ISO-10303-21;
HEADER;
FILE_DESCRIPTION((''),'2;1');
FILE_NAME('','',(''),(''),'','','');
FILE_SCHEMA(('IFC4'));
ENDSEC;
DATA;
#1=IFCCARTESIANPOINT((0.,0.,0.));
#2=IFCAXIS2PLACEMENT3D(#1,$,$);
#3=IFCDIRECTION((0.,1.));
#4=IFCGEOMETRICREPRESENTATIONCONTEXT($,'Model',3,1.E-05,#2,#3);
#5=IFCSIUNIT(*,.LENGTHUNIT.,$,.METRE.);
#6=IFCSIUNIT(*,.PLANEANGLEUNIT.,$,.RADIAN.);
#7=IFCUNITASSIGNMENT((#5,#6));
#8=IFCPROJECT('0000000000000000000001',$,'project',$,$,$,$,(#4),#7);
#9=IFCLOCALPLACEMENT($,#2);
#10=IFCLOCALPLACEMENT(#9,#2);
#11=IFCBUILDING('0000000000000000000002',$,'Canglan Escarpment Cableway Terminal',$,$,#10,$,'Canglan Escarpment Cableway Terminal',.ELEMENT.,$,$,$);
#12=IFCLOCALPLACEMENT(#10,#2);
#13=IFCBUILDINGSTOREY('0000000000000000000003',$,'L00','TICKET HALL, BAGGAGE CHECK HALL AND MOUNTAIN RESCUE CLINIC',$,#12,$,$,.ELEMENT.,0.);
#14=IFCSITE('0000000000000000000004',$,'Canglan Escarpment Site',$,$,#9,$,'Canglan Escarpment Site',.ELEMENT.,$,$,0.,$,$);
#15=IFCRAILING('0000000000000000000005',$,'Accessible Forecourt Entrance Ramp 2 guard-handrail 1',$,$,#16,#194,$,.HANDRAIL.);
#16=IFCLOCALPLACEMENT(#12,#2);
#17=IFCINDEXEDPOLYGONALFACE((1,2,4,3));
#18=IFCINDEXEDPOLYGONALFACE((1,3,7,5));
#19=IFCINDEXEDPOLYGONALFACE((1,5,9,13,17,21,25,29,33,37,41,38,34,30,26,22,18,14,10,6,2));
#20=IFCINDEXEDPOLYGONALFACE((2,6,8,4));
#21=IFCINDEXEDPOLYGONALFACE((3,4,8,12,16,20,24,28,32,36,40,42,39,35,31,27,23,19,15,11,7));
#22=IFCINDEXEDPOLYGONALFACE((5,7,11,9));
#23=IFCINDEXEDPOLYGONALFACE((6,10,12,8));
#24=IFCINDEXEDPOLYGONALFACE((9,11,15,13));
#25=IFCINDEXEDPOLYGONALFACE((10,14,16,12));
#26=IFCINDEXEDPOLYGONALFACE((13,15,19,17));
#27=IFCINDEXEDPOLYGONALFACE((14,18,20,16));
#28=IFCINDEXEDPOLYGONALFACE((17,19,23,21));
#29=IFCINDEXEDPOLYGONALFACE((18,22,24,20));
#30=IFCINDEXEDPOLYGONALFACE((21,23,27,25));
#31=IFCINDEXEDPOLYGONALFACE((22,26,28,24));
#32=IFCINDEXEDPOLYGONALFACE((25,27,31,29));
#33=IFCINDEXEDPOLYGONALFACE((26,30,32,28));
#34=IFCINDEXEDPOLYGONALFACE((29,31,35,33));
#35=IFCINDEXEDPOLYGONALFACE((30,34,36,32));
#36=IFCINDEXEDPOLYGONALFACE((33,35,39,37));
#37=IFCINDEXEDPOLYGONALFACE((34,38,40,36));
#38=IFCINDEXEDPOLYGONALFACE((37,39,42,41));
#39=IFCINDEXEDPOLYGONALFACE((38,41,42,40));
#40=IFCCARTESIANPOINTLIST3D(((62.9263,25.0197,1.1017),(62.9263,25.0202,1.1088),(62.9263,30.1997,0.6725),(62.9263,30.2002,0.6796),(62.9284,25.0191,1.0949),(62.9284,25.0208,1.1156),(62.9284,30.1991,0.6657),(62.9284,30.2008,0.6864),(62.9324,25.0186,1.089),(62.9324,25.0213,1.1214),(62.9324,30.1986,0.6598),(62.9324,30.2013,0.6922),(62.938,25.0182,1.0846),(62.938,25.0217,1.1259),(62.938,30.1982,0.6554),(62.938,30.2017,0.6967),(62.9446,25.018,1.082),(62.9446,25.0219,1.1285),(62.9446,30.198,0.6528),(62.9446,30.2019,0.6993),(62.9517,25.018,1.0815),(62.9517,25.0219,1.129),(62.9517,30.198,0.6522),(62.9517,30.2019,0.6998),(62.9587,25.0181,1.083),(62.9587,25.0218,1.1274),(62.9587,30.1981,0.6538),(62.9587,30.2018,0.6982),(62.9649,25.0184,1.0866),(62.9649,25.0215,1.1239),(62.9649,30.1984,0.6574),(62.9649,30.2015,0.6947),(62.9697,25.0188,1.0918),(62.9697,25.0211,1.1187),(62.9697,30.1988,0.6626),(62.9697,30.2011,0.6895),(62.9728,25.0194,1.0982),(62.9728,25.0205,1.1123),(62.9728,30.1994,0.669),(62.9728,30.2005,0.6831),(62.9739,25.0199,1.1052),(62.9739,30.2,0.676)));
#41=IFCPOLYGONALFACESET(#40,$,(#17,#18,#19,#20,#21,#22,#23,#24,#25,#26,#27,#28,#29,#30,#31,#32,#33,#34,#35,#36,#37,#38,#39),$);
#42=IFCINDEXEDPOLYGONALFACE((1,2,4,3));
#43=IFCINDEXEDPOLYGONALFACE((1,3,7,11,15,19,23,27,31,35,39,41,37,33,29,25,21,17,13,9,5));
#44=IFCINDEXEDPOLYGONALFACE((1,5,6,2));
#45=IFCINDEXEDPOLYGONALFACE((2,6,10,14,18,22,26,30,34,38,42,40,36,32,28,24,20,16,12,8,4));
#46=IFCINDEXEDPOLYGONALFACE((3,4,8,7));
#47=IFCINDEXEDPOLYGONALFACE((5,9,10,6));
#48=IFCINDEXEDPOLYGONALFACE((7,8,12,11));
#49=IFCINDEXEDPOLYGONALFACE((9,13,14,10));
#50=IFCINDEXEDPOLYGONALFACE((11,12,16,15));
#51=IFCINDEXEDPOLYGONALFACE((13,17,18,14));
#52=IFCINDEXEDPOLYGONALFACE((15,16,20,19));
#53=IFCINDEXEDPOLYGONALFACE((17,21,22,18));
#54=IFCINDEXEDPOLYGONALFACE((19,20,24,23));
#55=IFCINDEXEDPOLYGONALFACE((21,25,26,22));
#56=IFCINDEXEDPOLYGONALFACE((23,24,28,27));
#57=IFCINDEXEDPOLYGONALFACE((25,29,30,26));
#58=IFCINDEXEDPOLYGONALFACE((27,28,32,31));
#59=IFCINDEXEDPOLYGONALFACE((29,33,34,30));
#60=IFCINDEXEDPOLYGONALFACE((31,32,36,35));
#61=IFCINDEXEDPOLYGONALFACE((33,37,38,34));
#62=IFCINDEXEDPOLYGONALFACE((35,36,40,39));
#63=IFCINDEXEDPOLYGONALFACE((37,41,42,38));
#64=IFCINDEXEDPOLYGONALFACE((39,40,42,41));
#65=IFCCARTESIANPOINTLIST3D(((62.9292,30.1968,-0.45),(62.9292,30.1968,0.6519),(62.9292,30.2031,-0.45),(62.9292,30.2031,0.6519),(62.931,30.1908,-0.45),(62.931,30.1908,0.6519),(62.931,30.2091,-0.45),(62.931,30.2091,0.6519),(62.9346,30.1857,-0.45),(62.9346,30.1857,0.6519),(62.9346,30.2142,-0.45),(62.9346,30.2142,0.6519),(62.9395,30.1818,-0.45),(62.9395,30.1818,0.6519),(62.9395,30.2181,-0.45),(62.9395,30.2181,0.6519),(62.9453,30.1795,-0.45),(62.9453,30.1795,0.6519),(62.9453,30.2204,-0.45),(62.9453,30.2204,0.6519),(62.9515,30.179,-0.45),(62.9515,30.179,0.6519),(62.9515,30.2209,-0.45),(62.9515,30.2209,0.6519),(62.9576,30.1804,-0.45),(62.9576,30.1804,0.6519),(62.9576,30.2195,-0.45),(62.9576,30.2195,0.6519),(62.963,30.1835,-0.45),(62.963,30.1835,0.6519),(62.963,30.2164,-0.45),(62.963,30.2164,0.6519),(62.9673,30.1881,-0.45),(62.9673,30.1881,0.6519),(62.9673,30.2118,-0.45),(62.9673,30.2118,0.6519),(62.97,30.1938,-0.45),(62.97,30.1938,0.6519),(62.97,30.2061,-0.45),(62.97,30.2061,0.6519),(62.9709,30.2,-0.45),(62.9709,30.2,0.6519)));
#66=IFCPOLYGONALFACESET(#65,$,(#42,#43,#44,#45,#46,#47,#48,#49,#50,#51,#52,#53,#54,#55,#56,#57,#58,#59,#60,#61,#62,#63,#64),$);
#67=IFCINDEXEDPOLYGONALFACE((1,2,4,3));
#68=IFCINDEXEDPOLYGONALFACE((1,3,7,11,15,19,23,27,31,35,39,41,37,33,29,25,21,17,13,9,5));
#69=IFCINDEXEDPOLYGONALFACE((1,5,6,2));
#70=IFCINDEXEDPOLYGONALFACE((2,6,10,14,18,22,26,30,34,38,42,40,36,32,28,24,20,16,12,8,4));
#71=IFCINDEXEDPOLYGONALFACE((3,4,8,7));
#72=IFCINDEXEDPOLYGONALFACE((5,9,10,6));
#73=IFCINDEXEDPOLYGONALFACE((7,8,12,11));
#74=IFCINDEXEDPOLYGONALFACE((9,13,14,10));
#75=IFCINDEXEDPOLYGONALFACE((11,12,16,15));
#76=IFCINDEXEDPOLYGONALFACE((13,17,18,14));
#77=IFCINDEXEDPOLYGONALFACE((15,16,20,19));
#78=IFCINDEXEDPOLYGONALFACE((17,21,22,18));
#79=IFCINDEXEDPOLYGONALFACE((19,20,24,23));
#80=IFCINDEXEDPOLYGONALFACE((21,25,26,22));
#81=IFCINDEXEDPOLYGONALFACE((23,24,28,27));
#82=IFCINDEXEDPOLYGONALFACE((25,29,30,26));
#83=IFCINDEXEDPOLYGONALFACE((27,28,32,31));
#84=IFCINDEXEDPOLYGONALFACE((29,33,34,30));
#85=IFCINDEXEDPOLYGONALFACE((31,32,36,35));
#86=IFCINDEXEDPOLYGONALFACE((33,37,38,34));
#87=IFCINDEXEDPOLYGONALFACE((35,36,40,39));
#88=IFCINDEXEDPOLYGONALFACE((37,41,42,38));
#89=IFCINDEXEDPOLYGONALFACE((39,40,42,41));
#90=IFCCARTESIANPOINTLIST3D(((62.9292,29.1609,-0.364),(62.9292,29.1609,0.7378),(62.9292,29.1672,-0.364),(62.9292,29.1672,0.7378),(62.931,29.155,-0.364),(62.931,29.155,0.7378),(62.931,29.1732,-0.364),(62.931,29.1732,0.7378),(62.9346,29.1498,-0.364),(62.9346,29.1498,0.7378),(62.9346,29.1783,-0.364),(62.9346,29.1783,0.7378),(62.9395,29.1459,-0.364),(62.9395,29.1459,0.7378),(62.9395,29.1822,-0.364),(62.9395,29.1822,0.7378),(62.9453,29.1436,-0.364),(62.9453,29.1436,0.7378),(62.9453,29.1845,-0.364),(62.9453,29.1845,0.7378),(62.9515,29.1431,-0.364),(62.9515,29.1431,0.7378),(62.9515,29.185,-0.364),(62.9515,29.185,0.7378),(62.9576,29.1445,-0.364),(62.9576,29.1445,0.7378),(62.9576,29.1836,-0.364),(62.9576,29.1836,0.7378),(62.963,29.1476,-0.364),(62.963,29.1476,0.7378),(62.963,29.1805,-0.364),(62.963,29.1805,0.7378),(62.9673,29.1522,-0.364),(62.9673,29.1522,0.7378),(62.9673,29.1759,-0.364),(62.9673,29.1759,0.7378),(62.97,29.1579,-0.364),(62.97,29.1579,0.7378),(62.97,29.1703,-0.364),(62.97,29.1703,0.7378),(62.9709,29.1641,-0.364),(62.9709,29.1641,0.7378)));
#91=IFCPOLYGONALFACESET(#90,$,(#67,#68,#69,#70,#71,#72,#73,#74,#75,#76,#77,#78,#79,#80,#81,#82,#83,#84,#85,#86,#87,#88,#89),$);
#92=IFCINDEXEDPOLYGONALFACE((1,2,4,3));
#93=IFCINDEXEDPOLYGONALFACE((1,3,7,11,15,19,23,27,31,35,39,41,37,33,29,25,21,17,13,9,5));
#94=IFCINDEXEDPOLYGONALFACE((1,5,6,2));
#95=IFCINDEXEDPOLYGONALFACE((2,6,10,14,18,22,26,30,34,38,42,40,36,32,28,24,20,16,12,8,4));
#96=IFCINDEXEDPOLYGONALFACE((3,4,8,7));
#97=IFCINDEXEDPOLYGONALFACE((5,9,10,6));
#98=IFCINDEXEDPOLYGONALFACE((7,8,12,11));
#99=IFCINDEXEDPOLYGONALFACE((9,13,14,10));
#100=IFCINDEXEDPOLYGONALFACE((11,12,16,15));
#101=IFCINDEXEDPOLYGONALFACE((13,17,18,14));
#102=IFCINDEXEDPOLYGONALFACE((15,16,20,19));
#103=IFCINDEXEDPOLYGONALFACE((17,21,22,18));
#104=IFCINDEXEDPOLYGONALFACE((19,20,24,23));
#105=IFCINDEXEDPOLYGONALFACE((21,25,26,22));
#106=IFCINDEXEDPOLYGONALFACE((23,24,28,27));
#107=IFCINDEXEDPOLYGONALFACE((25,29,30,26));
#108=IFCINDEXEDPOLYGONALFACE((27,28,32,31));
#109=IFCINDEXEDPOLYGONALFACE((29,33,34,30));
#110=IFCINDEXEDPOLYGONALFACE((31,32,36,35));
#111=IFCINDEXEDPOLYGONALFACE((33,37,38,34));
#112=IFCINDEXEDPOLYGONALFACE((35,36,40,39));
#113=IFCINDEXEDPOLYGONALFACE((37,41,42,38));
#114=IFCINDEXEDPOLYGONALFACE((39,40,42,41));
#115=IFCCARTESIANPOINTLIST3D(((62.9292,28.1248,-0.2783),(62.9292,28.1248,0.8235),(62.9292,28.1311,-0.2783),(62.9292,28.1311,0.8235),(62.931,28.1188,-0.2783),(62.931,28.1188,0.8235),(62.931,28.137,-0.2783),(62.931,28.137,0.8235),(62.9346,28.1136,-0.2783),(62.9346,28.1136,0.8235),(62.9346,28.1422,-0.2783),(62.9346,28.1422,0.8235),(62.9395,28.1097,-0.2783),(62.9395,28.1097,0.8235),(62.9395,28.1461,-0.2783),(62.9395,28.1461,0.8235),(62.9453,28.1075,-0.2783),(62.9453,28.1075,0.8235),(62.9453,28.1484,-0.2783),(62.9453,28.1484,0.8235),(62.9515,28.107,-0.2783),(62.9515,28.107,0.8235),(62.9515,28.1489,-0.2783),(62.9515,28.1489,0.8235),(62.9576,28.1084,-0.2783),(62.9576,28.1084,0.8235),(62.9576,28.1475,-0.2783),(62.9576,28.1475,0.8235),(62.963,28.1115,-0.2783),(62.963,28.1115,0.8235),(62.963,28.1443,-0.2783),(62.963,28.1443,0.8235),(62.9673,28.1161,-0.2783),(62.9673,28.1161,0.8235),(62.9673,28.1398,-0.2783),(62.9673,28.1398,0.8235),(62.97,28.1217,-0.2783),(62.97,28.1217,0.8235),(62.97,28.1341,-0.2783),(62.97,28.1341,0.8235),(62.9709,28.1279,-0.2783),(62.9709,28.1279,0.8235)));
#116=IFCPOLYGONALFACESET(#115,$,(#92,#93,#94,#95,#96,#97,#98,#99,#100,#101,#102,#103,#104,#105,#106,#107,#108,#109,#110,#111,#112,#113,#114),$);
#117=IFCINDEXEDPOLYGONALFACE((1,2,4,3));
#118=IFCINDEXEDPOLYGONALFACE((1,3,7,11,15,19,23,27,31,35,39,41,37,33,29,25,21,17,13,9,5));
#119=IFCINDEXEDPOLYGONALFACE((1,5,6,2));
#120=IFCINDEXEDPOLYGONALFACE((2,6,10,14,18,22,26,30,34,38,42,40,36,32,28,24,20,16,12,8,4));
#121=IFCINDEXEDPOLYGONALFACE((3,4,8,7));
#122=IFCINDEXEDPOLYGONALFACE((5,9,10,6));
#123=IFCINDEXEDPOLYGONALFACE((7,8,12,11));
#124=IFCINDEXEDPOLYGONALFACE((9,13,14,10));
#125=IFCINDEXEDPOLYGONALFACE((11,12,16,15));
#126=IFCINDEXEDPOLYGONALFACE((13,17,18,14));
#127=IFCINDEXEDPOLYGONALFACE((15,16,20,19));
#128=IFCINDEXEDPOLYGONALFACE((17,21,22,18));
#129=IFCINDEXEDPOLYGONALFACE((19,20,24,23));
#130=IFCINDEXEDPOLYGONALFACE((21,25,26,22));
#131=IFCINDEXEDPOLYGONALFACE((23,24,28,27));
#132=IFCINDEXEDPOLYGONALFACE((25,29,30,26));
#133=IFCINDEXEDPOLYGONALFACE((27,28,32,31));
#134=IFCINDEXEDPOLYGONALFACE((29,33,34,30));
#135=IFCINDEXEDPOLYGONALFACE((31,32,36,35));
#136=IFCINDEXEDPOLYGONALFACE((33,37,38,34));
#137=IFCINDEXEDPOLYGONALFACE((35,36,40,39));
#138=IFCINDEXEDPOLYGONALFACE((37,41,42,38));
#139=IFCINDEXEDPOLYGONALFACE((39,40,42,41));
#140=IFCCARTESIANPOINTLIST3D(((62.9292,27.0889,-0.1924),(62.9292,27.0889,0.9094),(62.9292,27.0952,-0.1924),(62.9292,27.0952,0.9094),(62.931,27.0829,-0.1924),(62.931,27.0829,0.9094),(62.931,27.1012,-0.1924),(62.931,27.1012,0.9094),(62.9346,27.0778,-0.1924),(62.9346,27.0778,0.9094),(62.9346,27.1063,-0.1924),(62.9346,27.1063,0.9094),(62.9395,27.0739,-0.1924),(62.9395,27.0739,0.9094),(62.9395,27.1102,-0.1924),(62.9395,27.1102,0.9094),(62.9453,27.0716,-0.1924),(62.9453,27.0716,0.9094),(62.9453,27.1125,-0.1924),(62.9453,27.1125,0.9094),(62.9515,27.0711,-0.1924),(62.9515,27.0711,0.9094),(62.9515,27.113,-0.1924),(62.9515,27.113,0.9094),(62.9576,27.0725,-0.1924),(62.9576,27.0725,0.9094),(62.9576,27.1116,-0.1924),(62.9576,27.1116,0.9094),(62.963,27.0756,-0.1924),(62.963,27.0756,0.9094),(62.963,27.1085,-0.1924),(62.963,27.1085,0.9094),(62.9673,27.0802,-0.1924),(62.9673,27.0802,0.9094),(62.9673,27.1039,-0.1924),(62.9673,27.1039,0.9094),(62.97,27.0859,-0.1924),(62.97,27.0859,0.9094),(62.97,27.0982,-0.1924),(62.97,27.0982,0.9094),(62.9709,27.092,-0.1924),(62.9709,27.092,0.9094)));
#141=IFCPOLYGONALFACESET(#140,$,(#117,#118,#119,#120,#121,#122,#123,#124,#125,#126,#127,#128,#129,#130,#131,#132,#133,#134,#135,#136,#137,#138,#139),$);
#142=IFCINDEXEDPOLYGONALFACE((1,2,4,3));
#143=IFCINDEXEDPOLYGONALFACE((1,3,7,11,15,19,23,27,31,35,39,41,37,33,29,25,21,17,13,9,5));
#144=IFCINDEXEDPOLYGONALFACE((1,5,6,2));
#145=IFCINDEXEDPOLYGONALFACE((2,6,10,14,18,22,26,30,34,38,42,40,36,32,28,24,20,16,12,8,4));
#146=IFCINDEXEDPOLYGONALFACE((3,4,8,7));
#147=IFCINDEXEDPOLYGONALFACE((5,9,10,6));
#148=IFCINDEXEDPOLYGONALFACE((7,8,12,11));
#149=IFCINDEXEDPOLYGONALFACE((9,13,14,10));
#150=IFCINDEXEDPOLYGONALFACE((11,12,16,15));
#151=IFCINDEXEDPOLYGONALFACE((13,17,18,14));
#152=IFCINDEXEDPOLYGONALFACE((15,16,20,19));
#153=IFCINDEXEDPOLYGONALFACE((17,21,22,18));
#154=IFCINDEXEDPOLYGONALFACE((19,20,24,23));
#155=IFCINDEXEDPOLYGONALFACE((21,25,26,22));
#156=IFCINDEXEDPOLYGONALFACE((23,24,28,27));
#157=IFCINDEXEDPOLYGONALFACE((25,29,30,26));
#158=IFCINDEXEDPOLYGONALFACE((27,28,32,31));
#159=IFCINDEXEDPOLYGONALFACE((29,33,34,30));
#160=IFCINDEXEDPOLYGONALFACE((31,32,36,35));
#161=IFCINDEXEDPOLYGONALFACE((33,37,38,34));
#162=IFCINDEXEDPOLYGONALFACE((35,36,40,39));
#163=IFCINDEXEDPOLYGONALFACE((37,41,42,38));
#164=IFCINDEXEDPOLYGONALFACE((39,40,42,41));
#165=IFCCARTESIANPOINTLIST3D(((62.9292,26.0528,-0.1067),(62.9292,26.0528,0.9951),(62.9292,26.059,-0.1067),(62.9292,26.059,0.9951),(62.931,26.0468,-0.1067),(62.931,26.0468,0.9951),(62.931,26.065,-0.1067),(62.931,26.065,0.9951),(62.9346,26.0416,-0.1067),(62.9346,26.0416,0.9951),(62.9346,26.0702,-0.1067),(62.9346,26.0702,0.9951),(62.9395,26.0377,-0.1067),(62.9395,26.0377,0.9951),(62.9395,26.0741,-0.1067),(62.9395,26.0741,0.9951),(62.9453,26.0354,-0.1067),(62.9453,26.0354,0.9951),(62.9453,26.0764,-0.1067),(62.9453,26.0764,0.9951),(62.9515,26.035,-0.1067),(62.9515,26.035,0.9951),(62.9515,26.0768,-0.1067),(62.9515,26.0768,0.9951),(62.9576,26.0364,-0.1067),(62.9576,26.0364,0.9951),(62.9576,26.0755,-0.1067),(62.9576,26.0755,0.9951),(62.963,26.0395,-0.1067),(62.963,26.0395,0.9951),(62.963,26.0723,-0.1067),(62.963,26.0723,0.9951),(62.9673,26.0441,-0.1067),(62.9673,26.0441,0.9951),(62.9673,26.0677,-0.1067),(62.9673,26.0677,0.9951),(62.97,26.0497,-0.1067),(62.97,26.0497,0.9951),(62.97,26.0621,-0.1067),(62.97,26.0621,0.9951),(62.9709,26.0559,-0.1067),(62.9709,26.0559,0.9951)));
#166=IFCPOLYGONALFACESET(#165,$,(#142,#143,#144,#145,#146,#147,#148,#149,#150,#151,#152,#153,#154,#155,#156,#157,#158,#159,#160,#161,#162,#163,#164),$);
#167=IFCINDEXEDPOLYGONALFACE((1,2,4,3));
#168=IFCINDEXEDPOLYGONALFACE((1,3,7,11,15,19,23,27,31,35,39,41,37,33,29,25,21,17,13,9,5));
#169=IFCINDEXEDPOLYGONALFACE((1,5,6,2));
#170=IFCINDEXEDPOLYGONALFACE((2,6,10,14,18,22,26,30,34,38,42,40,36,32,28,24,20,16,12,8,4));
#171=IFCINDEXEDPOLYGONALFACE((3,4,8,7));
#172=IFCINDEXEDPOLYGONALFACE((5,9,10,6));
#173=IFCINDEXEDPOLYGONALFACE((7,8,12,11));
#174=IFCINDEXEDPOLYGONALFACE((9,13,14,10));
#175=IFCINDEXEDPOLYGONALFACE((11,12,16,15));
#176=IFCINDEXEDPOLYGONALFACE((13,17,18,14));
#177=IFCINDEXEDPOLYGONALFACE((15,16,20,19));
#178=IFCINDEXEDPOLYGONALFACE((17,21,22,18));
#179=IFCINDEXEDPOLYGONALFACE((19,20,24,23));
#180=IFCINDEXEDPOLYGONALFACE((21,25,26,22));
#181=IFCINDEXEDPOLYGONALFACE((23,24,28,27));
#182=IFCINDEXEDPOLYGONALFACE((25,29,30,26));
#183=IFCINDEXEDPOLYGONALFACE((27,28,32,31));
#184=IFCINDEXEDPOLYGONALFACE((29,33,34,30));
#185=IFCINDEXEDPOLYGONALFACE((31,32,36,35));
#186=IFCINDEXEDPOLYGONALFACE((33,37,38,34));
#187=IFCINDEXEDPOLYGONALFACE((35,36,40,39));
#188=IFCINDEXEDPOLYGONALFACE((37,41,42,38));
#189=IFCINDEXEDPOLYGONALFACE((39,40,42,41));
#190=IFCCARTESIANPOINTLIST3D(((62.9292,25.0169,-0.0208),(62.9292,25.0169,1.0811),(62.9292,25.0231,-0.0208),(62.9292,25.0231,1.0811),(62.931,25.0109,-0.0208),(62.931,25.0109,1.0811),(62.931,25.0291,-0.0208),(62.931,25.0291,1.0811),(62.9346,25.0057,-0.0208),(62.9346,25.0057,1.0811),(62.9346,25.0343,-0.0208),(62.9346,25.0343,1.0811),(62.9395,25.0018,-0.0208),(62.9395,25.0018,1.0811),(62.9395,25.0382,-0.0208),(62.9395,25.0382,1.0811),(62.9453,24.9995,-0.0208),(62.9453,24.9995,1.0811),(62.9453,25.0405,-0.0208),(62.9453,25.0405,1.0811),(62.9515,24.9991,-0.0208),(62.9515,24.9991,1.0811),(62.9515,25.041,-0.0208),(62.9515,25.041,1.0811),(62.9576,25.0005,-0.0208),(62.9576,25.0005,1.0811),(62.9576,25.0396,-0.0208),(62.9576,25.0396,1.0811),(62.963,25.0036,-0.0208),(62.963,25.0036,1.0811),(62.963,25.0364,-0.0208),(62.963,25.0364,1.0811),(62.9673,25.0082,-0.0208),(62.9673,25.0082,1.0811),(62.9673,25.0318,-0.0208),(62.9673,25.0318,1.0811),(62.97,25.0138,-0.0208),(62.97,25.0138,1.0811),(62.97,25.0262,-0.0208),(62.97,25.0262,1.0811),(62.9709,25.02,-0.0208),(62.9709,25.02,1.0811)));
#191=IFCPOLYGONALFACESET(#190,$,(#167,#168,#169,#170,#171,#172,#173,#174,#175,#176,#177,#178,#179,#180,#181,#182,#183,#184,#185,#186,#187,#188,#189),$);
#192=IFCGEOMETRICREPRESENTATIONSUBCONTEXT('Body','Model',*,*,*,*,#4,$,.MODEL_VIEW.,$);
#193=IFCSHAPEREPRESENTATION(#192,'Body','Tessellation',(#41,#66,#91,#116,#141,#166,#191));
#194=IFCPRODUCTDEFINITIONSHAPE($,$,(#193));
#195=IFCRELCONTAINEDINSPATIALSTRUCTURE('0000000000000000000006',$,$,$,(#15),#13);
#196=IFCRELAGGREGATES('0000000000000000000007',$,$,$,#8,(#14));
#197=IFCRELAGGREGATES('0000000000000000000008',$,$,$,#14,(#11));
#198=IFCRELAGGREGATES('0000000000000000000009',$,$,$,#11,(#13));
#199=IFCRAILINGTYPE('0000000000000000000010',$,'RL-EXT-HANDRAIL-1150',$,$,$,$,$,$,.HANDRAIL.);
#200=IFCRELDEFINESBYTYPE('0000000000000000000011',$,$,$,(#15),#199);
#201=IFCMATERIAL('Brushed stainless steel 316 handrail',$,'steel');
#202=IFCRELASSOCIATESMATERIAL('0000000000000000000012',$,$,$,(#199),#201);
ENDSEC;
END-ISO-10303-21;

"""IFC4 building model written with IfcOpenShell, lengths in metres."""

from ifc_helpers import new_model, si_unit, direction, frame, origin, origin_2d, place, context, subcontext, project, spatial, circle, extrude, material, type_object, element, save


model = new_model("IFC4")

# Units and contexts
model_context = context("Model", 3, precision=1e-05, world=origin(), true_north=direction((0.0, 1.0)))
body_context = subcontext(model_context, "Body", "Model", "MODEL_VIEW")
ifc_project = project(units=[si_unit("LENGTHUNIT", "METRE"), si_unit("PLANEANGLEUNIT", "RADIAN")], contexts=[model_context])

# Site, building, storey
site_placement = place(None, origin())
site = spatial("IfcSite", under=ifc_project, at=site_placement, Name="Canglan Escarpment Site", LongName="Canglan Escarpment Site", CompositionType="ELEMENT", RefElevation=0.0)
building_placement = place(site_placement, origin())
building = spatial("IfcBuilding", under=site, at=building_placement, Name="Canglan Escarpment Cableway Terminal", LongName="Canglan Escarpment Cableway Terminal", CompositionType="ELEMENT")
storey_placement = place(building_placement, origin())
storey = spatial("IfcBuildingStorey", under=building, at=storey_placement, Name="L00", Description="TICKET HALL, BAGGAGE CHECK HALL AND MOUNTAIN RESCUE CLINIC", CompositionType="ELEMENT", Elevation=0.0)

# Railing
ifc_material_1 = material(Name="Brushed stainless steel 316 handrail", Category="steel")
railing_type = type_object("IfcRailingType", Name="RL-EXT-HANDRAIL-1150", PredefinedType="HANDRAIL", material=ifc_material_1)
for number, where, name in (
    (1, (62.95, 30.2, -0.45), "Accessible Forecourt Entrance Ramp 2 guard-handrail 1"),
):
    element("IfcRailing", number, at=place(storey_placement, frame(where)), inside=storey, type_object=railing_type, Name=name, PredefinedType="HANDRAIL", context=body_context, shape_type="SweptSolid", body=[
        extrude(circle(Radius=0.0239, at=origin_2d()), frame((0.0, 0.0, 1.126), z_axis=(0.0, -0.996585, 0.082575), x_axis=(1.0, 0.0, 0.0)), (0.0, 0.0, 1.0), 5.1978),
        extrude(circle(Radius=0.021, at=origin_2d()), origin(), (0.0, 0.0, 1.0), 1.1018),
        extrude(circle(Radius=0.021, at=origin_2d()), frame((0.0, -1.0359, 0.0859)), (0.0, 0.0, 1.0), 1.1018),
        extrude(circle(Radius=0.021, at=origin_2d()), frame((0.0, -2.072, 0.1716)), (0.0, 0.0, 1.0), 1.1018),
        extrude(circle(Radius=0.021, at=origin_2d()), frame((0.0, -3.1079, 0.2576)), (0.0, 0.0, 1.0), 1.1018),
        extrude(circle(Radius=0.021, at=origin_2d()), frame((0.0, -4.144, 0.3433)), (0.0, 0.0, 1.0), 1.1018),
        extrude(circle(Radius=0.021, at=origin_2d()), frame((0.0, -5.1799, 0.4292)), (0.0, 0.0, 1.0), 1.1018),
    ])

save(model, "model.ifc")
